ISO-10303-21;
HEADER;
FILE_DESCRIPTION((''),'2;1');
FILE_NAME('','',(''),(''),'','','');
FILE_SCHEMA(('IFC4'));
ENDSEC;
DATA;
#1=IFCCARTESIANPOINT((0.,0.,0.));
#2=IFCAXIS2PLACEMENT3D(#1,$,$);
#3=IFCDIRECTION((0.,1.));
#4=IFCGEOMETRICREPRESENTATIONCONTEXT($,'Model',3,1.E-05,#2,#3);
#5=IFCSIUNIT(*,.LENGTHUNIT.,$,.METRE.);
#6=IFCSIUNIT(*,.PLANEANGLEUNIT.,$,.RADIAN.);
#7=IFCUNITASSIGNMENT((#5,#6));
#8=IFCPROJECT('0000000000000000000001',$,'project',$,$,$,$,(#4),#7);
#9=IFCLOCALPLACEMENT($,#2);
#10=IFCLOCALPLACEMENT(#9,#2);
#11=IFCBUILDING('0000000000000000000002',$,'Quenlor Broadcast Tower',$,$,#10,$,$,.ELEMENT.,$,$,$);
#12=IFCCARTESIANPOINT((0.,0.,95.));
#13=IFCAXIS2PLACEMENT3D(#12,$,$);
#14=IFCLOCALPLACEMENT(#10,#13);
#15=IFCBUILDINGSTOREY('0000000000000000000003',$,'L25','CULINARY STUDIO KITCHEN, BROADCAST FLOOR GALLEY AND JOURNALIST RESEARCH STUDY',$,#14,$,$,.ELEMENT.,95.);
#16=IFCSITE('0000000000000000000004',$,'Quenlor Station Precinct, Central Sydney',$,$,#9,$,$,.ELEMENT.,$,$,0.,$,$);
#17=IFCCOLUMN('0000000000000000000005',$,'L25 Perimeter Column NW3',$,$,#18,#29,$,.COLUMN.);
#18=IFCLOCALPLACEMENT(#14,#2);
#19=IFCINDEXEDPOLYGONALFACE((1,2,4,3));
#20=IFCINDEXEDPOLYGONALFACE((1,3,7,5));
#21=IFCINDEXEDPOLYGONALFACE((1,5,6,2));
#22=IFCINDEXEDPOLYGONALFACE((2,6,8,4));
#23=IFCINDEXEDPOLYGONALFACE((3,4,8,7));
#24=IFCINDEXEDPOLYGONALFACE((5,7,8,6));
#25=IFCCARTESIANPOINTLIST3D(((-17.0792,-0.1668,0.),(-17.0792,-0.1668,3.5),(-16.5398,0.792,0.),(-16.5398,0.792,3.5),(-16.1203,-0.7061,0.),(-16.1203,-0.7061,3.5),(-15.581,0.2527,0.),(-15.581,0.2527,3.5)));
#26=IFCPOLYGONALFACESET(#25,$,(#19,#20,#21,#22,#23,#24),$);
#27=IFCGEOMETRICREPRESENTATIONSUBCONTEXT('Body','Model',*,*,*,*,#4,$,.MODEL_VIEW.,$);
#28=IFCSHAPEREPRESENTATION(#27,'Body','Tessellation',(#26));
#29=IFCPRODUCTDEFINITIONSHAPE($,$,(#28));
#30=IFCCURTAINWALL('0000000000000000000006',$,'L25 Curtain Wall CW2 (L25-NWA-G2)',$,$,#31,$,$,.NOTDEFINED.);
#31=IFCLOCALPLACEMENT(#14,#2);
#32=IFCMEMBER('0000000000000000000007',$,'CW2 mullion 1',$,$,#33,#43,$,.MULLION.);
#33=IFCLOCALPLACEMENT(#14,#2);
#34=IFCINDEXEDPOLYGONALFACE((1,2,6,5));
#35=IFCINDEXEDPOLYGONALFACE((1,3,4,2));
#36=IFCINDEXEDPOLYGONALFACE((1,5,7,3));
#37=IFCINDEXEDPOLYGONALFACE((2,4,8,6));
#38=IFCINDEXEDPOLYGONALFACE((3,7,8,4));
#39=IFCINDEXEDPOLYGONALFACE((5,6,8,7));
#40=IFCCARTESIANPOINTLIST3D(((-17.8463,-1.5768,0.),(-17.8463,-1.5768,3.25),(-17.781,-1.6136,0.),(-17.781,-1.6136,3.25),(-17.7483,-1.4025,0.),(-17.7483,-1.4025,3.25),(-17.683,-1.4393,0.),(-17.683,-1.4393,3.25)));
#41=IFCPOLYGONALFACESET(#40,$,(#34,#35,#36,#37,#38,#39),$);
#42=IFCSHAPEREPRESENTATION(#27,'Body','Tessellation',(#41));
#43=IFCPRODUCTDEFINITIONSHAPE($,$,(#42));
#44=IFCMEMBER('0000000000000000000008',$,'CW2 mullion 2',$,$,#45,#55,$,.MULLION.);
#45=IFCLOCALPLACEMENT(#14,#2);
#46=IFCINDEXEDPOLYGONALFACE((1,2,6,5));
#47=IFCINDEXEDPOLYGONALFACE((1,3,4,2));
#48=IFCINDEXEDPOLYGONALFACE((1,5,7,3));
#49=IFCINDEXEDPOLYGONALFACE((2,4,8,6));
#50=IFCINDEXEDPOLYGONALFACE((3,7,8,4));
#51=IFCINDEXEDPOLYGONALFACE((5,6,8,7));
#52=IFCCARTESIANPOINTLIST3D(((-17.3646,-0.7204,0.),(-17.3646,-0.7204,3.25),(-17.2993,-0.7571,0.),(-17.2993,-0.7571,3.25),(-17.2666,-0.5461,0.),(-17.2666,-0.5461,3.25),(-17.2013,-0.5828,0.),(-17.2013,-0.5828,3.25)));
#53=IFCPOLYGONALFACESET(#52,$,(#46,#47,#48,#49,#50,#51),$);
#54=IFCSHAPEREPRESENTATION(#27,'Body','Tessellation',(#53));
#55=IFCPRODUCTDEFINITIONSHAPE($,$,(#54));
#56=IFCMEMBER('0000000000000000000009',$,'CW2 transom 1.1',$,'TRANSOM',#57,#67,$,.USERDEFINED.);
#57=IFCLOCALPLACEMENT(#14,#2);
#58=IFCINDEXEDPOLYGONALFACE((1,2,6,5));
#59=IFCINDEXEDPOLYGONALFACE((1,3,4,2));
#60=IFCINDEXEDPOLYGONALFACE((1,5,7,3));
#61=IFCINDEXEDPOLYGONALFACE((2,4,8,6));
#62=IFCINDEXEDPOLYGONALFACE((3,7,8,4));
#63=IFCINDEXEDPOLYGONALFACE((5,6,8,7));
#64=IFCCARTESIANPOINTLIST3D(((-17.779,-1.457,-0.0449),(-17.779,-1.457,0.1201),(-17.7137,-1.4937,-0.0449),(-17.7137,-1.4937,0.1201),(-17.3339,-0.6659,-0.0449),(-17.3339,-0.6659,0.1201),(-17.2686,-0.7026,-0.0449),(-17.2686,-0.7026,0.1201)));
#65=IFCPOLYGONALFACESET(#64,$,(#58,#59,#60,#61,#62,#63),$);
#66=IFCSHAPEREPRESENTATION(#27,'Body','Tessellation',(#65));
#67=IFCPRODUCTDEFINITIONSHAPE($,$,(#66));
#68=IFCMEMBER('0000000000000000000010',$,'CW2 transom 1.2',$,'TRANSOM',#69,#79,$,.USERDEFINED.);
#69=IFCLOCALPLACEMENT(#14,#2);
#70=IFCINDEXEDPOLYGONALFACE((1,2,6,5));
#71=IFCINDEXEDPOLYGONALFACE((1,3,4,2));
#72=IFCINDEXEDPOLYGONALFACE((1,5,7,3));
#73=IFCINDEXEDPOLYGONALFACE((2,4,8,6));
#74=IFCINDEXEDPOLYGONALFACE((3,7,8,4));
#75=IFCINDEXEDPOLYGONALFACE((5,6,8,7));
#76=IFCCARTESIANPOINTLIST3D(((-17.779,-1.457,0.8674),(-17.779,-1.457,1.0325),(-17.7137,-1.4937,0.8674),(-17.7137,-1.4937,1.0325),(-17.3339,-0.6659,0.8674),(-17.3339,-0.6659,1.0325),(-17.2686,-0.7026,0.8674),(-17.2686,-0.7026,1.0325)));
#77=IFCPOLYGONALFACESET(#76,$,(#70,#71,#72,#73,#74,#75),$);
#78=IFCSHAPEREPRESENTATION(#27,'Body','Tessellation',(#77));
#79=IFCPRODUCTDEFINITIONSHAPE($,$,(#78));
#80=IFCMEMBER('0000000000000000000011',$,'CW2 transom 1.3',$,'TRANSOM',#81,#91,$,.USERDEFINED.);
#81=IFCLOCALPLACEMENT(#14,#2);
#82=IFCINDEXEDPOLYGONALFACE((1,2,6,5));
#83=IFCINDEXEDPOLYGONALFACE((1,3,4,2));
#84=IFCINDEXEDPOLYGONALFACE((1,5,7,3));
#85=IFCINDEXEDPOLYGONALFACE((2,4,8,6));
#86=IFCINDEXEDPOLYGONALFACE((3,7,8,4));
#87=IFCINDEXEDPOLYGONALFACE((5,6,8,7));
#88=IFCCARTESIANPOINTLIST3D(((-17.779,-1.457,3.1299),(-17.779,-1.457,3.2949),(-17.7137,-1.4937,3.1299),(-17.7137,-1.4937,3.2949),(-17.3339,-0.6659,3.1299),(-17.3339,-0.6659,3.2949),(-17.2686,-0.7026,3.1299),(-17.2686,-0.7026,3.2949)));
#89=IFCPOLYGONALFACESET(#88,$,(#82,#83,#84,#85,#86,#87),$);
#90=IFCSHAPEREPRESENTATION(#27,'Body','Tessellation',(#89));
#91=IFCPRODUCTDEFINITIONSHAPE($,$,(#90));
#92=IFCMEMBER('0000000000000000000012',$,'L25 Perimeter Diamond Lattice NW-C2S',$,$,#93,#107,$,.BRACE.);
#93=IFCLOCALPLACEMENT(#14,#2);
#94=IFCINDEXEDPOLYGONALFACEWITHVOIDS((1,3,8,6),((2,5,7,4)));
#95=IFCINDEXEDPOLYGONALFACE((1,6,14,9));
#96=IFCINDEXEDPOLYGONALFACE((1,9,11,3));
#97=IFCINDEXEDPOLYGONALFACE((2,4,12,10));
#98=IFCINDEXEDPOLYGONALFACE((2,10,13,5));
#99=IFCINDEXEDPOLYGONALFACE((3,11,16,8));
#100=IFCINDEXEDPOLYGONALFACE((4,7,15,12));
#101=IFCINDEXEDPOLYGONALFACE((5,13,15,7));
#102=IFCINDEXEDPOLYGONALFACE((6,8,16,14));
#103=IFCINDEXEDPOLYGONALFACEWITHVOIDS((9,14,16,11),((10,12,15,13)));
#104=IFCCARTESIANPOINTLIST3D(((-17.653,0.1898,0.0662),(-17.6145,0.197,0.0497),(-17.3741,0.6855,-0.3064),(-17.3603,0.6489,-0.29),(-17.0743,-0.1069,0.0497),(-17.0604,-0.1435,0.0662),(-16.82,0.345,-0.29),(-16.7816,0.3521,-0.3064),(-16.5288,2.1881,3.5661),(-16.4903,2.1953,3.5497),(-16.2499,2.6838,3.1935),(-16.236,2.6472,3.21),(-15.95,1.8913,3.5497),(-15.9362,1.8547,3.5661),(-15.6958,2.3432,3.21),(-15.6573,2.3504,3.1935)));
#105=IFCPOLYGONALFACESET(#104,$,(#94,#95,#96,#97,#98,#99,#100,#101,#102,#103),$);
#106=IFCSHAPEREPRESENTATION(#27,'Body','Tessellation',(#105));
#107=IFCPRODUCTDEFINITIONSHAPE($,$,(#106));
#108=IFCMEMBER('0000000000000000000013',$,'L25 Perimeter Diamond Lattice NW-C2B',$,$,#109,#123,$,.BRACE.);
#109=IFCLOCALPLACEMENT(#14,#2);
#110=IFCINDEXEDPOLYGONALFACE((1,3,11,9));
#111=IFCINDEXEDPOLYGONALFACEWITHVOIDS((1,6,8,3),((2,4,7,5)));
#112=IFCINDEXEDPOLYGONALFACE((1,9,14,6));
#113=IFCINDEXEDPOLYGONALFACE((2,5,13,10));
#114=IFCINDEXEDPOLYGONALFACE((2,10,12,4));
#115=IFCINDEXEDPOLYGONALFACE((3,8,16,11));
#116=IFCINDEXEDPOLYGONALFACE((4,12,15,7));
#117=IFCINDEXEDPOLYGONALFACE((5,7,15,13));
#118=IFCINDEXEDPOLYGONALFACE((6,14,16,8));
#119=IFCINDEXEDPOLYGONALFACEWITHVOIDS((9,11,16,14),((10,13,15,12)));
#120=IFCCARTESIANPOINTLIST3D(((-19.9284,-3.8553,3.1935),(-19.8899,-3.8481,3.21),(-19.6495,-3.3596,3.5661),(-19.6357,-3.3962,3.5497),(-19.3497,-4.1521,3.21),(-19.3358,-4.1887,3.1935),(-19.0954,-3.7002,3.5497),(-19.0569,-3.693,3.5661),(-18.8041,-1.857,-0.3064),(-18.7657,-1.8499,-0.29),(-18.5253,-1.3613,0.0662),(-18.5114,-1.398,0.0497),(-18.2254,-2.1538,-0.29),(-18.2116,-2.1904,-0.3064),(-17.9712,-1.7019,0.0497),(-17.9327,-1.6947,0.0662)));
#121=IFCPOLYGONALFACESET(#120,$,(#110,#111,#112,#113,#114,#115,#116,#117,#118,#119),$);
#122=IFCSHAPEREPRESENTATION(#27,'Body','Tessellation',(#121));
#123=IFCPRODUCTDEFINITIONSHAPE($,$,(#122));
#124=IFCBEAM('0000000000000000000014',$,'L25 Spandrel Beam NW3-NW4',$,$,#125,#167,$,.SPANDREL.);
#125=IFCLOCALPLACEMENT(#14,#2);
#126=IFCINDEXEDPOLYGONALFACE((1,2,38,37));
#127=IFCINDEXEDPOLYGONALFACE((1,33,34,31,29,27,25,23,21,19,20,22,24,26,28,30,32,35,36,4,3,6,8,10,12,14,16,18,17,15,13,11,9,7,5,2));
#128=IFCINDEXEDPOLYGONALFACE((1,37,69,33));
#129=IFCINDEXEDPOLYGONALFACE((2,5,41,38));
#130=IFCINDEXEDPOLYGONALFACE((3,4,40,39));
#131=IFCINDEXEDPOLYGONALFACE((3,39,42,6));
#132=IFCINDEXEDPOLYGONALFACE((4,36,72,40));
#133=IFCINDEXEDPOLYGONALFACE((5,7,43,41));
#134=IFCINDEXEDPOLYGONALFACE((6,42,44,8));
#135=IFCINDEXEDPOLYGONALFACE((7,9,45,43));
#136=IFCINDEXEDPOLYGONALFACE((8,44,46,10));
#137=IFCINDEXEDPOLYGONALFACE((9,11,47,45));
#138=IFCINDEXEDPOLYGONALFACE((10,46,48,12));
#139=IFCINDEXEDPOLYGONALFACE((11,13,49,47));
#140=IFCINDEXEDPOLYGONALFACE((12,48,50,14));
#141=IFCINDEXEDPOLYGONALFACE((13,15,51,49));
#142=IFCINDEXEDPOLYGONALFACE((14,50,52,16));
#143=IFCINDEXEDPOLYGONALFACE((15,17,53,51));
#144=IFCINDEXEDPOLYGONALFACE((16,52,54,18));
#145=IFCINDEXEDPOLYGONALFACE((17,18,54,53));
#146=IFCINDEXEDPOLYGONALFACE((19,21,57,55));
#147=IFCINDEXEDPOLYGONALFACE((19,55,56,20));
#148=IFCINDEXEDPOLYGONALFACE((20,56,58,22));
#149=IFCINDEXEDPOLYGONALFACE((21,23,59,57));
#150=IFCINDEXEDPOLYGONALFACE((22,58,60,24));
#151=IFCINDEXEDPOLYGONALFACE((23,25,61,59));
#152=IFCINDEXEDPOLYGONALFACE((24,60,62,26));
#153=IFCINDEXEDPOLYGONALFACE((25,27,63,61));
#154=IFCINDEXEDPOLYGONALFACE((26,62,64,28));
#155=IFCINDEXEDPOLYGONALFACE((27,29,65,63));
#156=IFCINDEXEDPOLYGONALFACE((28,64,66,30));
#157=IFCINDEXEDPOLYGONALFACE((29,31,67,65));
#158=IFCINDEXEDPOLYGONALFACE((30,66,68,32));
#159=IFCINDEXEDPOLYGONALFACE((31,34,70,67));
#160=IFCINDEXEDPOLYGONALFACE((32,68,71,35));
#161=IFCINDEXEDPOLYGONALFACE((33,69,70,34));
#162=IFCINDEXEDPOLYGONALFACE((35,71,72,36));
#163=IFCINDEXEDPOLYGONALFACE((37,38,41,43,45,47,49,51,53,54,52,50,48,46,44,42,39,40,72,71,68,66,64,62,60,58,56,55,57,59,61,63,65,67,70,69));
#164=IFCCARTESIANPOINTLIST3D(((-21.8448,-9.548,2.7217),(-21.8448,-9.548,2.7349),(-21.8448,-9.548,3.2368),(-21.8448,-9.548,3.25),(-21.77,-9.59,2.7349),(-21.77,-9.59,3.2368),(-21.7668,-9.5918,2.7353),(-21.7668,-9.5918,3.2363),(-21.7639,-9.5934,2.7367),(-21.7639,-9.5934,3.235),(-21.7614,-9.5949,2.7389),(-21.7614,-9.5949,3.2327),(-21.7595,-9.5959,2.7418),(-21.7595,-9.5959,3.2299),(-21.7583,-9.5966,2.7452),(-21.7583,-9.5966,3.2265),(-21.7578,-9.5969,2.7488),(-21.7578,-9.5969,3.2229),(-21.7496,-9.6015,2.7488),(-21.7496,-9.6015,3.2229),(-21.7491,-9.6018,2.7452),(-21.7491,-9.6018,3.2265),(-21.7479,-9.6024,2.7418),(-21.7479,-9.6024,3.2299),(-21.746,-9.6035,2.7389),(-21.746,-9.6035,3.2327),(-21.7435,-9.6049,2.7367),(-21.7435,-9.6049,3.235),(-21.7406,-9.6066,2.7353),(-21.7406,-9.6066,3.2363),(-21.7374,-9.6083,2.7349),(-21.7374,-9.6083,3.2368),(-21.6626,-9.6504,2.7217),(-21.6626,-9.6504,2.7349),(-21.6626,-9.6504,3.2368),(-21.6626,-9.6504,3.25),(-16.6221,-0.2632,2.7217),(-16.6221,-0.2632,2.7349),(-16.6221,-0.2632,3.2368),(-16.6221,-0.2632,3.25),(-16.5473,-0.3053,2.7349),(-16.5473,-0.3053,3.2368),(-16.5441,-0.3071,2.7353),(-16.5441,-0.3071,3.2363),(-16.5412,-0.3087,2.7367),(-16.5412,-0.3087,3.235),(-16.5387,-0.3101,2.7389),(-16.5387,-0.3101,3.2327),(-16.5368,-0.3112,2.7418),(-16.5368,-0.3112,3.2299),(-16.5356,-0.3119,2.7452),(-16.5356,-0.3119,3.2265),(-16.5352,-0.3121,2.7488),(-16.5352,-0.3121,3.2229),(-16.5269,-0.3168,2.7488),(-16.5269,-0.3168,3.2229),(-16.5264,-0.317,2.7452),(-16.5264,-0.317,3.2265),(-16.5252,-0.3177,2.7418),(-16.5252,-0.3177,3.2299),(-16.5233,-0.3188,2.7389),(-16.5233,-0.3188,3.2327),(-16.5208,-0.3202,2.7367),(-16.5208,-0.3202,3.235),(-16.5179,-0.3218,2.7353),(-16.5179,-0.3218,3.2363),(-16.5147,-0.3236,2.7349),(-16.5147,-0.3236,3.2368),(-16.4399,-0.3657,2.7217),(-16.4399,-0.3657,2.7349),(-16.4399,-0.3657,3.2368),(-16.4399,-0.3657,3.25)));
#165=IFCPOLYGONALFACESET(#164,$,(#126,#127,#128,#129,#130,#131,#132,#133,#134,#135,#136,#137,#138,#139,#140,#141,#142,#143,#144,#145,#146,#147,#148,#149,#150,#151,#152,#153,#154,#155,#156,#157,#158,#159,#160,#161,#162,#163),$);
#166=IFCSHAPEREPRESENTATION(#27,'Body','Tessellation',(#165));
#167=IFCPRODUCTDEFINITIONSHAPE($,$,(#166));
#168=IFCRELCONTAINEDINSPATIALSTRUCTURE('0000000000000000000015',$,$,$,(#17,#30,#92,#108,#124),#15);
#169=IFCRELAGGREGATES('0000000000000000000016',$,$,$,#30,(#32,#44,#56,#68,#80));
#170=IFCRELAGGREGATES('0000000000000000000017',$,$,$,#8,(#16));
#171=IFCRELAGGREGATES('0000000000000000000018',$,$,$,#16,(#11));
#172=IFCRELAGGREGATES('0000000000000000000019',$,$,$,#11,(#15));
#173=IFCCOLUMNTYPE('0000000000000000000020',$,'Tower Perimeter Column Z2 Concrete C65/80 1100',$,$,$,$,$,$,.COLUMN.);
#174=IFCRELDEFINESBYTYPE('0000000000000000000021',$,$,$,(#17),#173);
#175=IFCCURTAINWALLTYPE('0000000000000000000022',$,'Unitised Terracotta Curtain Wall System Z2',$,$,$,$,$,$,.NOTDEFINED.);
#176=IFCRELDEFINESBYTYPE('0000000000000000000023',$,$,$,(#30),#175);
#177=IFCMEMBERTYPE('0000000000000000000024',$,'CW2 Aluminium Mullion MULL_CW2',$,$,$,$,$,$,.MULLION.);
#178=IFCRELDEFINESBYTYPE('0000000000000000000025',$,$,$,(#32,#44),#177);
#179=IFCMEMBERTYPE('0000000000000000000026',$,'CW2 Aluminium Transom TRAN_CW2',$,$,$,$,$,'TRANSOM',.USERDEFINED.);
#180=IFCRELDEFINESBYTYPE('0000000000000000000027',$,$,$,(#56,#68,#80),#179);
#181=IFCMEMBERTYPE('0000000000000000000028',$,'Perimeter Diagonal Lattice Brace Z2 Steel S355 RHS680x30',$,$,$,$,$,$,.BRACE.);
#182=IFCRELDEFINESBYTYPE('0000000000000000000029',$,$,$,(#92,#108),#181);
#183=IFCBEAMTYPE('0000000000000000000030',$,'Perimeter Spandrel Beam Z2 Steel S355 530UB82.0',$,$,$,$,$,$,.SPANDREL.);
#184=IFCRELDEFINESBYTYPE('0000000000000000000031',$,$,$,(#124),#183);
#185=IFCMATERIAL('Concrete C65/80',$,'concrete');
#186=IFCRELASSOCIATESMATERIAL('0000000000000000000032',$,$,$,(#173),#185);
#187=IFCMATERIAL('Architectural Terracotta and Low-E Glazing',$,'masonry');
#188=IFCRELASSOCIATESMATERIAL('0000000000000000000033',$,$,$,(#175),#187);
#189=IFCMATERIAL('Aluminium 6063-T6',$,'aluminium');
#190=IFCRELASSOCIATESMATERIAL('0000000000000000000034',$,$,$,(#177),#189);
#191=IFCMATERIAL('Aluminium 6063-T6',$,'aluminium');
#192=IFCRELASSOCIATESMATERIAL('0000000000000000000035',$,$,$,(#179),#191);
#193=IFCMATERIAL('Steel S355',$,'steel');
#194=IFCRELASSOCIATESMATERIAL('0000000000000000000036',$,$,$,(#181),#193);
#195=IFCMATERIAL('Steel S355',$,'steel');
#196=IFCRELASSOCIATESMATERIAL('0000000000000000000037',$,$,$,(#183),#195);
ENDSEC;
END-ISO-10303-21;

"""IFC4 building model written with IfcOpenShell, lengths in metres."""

from ifc_helpers import new_model, si_unit, direction, frame, origin, origin_2d, place, context, subcontext, project, spatial, rectangle, hollow_rectangle, i_section, extrude, material, material_profile, profile_set, type_object, element, aggregate, save


model = new_model("IFC4")

# Units and contexts
model_context = context("Model", 3, precision=1e-05, world=origin(), true_north=direction((0.0, 1.0)))
body_context = subcontext(model_context, "Body", "Model", "MODEL_VIEW")
ifc_project = project(units=[si_unit("LENGTHUNIT", "METRE"), si_unit("PLANEANGLEUNIT", "RADIAN")], contexts=[model_context])

# Site, building, storey
site_placement = place(None, origin())
site = spatial("IfcSite", under=ifc_project, at=site_placement, Name="Quenlor Station Precinct, Central Sydney", CompositionType="ELEMENT", RefElevation=0.0)
building_placement = place(site_placement, origin())
building = spatial("IfcBuilding", under=site, at=building_placement, Name="Quenlor Broadcast Tower", CompositionType="ELEMENT")
storey_placement = place(building_placement, frame((0.0, 0.0, 95.0)))
storey = spatial("IfcBuildingStorey", under=building, at=storey_placement, Name="L25", Description="CULINARY STUDIO KITCHEN, BROADCAST FLOOR GALLEY AND JOURNALIST RESEARCH STUDY", CompositionType="ELEMENT", Elevation=95.0)

# Column
ifc_material_1 = material(Name="Concrete C65/80", Category="concrete")
ifc_material_profile_1 = material_profile(ifc_material_1, rectangle(XDim=1.1001, YDim=1.1001, at=origin_2d()))
ifc_profile_set_1 = profile_set([ifc_material_profile_1], Name="Concrete C65/80 RC1100x1100")
column_type = type_object("IfcColumnType", Name="Tower Perimeter Column Z2 Concrete C65/80 1100", PredefinedType="COLUMN", material=ifc_profile_set_1)
column_placement = place(storey_placement, frame((-16.3301, 0.043, 0.0), z_axis=(0.0, 0.0, 1.0), x_axis=(-0.871575, 0.490262, 0.0)))
element("IfcColumn", 1, at=column_placement, inside=storey, type_object=column_type, Name="L25 Perimeter Column NW3", PredefinedType="COLUMN", context=body_context, shape_type="SweptSolid", body=[
    extrude(rectangle(XDim=1.1001, YDim=1.1001, at=origin_2d()), origin(), (0.0, 0.0, 1.0), 3.5),
])

# Curtain wall, members
ifc_material_2 = material(Name="Architectural Terracotta and Low-E Glazing", Category="masonry")
curtain_wall_type = type_object("IfcCurtainWallType", Name="Unitised Terracotta Curtain Wall System Z2", PredefinedType="NOTDEFINED", material=ifc_material_2)
curtain_wall_placement = place(storey_placement, origin())
curtain_wall = element("IfcCurtainWall", 2, at=curtain_wall_placement, inside=storey, type_object=curtain_wall_type, Name="L25 Curtain Wall CW2 (L25-NWA-G2)", PredefinedType="NOTDEFINED")
ifc_material_3 = material(Name="Aluminium 6063-T6", Category="aluminium")
ifc_material_profile_2 = material_profile(ifc_material_3, rectangle(XDim=0.075, YDim=0.2, at=origin_2d()))
ifc_profile_set_2 = profile_set([ifc_material_profile_2], Name="Aluminium 6063-T6 MULL75x200")
member_type_1 = type_object("IfcMemberType", Name="CW2 Aluminium Mullion MULL_CW2", PredefinedType="MULLION", material=ifc_profile_set_2)
member_1_placement = place(storey_placement, frame((-17.7646, -1.5081, 0.0), z_axis=(0.0, 0.0, 1.0), x_axis=(-0.871581, 0.490252, 0.0)))
member_1 = element("IfcMember", 3, at=member_1_placement, type_object=member_type_1, Name="CW2 mullion 1", PredefinedType="MULLION", context=body_context, shape_type="SweptSolid", body=[
    extrude(rectangle(XDim=0.075, YDim=0.2, at=origin_2d()), origin(), (0.0, 0.0, 1.0), 3.25),
])
member_2_placement = place(storey_placement, frame((-17.283, -0.6516, 0.0), z_axis=(0.0, 0.0, 1.0), x_axis=(-0.871581, 0.490252, 0.0)))
member_2 = element("IfcMember", 4, at=member_2_placement, type_object=member_type_1, Name="CW2 mullion 2", PredefinedType="MULLION", context=body_context, shape_type="SweptSolid", body=[
    extrude(rectangle(XDim=0.075, YDim=0.2, at=origin_2d()), origin(), (0.0, 0.0, 1.0), 3.25),
])
ifc_material_4 = material(Name="Aluminium 6063-T6", Category="aluminium")
ifc_material_profile_3 = material_profile(ifc_material_4, rectangle(XDim=0.075, YDim=0.165, at=origin_2d()))
ifc_profile_set_3 = profile_set([ifc_material_profile_3], Name="Aluminium 6063-T6 TRAN75x165")
member_type_2 = type_object("IfcMemberType", Name="CW2 Aluminium Transom TRAN_CW2", ElementType="TRANSOM", PredefinedType="USERDEFINED", material=ifc_profile_set_3)
member_3_placement = place(storey_placement, frame((-17.7463, -1.4753, 0.0376), z_axis=(0.490363, 0.871518, 0.0), x_axis=(-0.871518, 0.490363, 0.0)))
member_3 = element("IfcMember", 5, at=member_3_placement, type_object=member_type_2, Name="CW2 transom 1.1", ObjectType="TRANSOM", PredefinedType="USERDEFINED", context=body_context, shape_type="SweptSolid", body=[
    extrude(rectangle(XDim=0.075, YDim=0.165, at=origin_2d()), origin(), (0.0, 0.0, 1.0), 0.9077),
])
member_4_placement = place(storey_placement, frame((-17.7463, -1.4753, 0.95), z_axis=(0.490363, 0.871518, 0.0), x_axis=(-0.871518, 0.490363, 0.0)))
member_4 = element("IfcMember", 6, at=member_4_placement, type_object=member_type_2, Name="CW2 transom 1.2", ObjectType="TRANSOM", PredefinedType="USERDEFINED", context=body_context, shape_type="SweptSolid", body=[
    extrude(rectangle(XDim=0.075, YDim=0.165, at=origin_2d()), origin(), (0.0, 0.0, 1.0), 0.9077),
])
member_5_placement = place(storey_placement, frame((-17.7463, -1.4753, 3.2124), z_axis=(0.490363, 0.871518, 0.0), x_axis=(-0.871518, 0.490363, 0.0)))
member_5 = element("IfcMember", 7, at=member_5_placement, type_object=member_type_2, Name="CW2 transom 1.3", ObjectType="TRANSOM", PredefinedType="USERDEFINED", context=body_context, shape_type="SweptSolid", body=[
    extrude(rectangle(XDim=0.075, YDim=0.165, at=origin_2d()), origin(), (0.0, 0.0, 1.0), 0.9077),
])

# Members
ifc_material_5 = material(Name="Steel S355", Category="steel")
ifc_material_profile_4 = material_profile(ifc_material_5, hollow_rectangle(XDim=0.6799, YDim=0.6799, WallThickness=0.03, at=origin_2d()))
ifc_profile_set_4 = profile_set([ifc_material_profile_4], Name="Steel S355 RHS680x680x30")
member_type_3 = type_object("IfcMemberType", Name="Perimeter Diagonal Lattice Brace Z2 Steel S355 RHS680x30", PredefinedType="BRACE", material=ifc_profile_set_4)
for number, where, z_axis, x_axis, name in (
    (8, (-17.2173, 0.271, -0.1201), (0.268697, 0.477585, 0.836489), (-0.871533, 0.490337, 0.0), "L25 Perimeter Diamond Lattice NW-C2S"),
    (9, (-18.3684, -1.7759, -0.1201), (-0.268697, -0.477585, 0.836489), (0.871533, -0.490337, 0.0), "L25 Perimeter Diamond Lattice NW-C2B"),
):
    element("IfcMember", number, at=place(storey_placement, frame(where, z_axis=z_axis, x_axis=x_axis)), inside=storey, type_object=member_type_3, Name=name, PredefinedType="BRACE", context=body_context, shape_type="SweptSolid", body=[
        extrude(hollow_rectangle(XDim=0.6799, YDim=0.6799, WallThickness=0.03, at=origin_2d()), origin(), (0.0, 0.0, 1.0), 4.1841),
    ])

# Beam
ifc_material_6 = material(Name="Steel S355", Category="steel")
ifc_material_profile_5 = material_profile(ifc_material_6, i_section(OverallWidth=0.209, OverallDepth=0.5283, WebThickness=0.0095, FlangeThickness=0.0132, FilletRadius=0.0139, at=origin_2d()))
ifc_profile_set_5 = profile_set([ifc_material_profile_5], Name="Steel S355 530UB82.0")
beam_type_1 = type_object("IfcBeamType", Name="Perimeter Spandrel Beam Z2 Steel S355 530UB82.0", PredefinedType="SPANDREL", material=ifc_profile_set_5)
beam_1_placement = place(storey_placement, frame((-16.531, -0.3145, 2.9858), z_axis=(-0.490263, -0.871574, 0.0), x_axis=(0.871574, -0.490263, 0.0)))
element("IfcBeam", 10, at=beam_1_placement, inside=storey, type_object=beam_type_1, Name="L25 Spandrel Beam NW3-NW4", PredefinedType="SPANDREL", context=body_context, shape_type="SweptSolid", body=[
    extrude(i_section(OverallWidth=0.209, OverallDepth=0.5283, WebThickness=0.0095, FlangeThickness=0.0132, FilletRadius=0.0139, at=origin_2d()), origin(), (0.0, 0.0, 1.0), 10.6528),
])

aggregate(curtain_wall, [member_1, member_2, member_3, member_4, member_5])

save(model, "model.ifc")
